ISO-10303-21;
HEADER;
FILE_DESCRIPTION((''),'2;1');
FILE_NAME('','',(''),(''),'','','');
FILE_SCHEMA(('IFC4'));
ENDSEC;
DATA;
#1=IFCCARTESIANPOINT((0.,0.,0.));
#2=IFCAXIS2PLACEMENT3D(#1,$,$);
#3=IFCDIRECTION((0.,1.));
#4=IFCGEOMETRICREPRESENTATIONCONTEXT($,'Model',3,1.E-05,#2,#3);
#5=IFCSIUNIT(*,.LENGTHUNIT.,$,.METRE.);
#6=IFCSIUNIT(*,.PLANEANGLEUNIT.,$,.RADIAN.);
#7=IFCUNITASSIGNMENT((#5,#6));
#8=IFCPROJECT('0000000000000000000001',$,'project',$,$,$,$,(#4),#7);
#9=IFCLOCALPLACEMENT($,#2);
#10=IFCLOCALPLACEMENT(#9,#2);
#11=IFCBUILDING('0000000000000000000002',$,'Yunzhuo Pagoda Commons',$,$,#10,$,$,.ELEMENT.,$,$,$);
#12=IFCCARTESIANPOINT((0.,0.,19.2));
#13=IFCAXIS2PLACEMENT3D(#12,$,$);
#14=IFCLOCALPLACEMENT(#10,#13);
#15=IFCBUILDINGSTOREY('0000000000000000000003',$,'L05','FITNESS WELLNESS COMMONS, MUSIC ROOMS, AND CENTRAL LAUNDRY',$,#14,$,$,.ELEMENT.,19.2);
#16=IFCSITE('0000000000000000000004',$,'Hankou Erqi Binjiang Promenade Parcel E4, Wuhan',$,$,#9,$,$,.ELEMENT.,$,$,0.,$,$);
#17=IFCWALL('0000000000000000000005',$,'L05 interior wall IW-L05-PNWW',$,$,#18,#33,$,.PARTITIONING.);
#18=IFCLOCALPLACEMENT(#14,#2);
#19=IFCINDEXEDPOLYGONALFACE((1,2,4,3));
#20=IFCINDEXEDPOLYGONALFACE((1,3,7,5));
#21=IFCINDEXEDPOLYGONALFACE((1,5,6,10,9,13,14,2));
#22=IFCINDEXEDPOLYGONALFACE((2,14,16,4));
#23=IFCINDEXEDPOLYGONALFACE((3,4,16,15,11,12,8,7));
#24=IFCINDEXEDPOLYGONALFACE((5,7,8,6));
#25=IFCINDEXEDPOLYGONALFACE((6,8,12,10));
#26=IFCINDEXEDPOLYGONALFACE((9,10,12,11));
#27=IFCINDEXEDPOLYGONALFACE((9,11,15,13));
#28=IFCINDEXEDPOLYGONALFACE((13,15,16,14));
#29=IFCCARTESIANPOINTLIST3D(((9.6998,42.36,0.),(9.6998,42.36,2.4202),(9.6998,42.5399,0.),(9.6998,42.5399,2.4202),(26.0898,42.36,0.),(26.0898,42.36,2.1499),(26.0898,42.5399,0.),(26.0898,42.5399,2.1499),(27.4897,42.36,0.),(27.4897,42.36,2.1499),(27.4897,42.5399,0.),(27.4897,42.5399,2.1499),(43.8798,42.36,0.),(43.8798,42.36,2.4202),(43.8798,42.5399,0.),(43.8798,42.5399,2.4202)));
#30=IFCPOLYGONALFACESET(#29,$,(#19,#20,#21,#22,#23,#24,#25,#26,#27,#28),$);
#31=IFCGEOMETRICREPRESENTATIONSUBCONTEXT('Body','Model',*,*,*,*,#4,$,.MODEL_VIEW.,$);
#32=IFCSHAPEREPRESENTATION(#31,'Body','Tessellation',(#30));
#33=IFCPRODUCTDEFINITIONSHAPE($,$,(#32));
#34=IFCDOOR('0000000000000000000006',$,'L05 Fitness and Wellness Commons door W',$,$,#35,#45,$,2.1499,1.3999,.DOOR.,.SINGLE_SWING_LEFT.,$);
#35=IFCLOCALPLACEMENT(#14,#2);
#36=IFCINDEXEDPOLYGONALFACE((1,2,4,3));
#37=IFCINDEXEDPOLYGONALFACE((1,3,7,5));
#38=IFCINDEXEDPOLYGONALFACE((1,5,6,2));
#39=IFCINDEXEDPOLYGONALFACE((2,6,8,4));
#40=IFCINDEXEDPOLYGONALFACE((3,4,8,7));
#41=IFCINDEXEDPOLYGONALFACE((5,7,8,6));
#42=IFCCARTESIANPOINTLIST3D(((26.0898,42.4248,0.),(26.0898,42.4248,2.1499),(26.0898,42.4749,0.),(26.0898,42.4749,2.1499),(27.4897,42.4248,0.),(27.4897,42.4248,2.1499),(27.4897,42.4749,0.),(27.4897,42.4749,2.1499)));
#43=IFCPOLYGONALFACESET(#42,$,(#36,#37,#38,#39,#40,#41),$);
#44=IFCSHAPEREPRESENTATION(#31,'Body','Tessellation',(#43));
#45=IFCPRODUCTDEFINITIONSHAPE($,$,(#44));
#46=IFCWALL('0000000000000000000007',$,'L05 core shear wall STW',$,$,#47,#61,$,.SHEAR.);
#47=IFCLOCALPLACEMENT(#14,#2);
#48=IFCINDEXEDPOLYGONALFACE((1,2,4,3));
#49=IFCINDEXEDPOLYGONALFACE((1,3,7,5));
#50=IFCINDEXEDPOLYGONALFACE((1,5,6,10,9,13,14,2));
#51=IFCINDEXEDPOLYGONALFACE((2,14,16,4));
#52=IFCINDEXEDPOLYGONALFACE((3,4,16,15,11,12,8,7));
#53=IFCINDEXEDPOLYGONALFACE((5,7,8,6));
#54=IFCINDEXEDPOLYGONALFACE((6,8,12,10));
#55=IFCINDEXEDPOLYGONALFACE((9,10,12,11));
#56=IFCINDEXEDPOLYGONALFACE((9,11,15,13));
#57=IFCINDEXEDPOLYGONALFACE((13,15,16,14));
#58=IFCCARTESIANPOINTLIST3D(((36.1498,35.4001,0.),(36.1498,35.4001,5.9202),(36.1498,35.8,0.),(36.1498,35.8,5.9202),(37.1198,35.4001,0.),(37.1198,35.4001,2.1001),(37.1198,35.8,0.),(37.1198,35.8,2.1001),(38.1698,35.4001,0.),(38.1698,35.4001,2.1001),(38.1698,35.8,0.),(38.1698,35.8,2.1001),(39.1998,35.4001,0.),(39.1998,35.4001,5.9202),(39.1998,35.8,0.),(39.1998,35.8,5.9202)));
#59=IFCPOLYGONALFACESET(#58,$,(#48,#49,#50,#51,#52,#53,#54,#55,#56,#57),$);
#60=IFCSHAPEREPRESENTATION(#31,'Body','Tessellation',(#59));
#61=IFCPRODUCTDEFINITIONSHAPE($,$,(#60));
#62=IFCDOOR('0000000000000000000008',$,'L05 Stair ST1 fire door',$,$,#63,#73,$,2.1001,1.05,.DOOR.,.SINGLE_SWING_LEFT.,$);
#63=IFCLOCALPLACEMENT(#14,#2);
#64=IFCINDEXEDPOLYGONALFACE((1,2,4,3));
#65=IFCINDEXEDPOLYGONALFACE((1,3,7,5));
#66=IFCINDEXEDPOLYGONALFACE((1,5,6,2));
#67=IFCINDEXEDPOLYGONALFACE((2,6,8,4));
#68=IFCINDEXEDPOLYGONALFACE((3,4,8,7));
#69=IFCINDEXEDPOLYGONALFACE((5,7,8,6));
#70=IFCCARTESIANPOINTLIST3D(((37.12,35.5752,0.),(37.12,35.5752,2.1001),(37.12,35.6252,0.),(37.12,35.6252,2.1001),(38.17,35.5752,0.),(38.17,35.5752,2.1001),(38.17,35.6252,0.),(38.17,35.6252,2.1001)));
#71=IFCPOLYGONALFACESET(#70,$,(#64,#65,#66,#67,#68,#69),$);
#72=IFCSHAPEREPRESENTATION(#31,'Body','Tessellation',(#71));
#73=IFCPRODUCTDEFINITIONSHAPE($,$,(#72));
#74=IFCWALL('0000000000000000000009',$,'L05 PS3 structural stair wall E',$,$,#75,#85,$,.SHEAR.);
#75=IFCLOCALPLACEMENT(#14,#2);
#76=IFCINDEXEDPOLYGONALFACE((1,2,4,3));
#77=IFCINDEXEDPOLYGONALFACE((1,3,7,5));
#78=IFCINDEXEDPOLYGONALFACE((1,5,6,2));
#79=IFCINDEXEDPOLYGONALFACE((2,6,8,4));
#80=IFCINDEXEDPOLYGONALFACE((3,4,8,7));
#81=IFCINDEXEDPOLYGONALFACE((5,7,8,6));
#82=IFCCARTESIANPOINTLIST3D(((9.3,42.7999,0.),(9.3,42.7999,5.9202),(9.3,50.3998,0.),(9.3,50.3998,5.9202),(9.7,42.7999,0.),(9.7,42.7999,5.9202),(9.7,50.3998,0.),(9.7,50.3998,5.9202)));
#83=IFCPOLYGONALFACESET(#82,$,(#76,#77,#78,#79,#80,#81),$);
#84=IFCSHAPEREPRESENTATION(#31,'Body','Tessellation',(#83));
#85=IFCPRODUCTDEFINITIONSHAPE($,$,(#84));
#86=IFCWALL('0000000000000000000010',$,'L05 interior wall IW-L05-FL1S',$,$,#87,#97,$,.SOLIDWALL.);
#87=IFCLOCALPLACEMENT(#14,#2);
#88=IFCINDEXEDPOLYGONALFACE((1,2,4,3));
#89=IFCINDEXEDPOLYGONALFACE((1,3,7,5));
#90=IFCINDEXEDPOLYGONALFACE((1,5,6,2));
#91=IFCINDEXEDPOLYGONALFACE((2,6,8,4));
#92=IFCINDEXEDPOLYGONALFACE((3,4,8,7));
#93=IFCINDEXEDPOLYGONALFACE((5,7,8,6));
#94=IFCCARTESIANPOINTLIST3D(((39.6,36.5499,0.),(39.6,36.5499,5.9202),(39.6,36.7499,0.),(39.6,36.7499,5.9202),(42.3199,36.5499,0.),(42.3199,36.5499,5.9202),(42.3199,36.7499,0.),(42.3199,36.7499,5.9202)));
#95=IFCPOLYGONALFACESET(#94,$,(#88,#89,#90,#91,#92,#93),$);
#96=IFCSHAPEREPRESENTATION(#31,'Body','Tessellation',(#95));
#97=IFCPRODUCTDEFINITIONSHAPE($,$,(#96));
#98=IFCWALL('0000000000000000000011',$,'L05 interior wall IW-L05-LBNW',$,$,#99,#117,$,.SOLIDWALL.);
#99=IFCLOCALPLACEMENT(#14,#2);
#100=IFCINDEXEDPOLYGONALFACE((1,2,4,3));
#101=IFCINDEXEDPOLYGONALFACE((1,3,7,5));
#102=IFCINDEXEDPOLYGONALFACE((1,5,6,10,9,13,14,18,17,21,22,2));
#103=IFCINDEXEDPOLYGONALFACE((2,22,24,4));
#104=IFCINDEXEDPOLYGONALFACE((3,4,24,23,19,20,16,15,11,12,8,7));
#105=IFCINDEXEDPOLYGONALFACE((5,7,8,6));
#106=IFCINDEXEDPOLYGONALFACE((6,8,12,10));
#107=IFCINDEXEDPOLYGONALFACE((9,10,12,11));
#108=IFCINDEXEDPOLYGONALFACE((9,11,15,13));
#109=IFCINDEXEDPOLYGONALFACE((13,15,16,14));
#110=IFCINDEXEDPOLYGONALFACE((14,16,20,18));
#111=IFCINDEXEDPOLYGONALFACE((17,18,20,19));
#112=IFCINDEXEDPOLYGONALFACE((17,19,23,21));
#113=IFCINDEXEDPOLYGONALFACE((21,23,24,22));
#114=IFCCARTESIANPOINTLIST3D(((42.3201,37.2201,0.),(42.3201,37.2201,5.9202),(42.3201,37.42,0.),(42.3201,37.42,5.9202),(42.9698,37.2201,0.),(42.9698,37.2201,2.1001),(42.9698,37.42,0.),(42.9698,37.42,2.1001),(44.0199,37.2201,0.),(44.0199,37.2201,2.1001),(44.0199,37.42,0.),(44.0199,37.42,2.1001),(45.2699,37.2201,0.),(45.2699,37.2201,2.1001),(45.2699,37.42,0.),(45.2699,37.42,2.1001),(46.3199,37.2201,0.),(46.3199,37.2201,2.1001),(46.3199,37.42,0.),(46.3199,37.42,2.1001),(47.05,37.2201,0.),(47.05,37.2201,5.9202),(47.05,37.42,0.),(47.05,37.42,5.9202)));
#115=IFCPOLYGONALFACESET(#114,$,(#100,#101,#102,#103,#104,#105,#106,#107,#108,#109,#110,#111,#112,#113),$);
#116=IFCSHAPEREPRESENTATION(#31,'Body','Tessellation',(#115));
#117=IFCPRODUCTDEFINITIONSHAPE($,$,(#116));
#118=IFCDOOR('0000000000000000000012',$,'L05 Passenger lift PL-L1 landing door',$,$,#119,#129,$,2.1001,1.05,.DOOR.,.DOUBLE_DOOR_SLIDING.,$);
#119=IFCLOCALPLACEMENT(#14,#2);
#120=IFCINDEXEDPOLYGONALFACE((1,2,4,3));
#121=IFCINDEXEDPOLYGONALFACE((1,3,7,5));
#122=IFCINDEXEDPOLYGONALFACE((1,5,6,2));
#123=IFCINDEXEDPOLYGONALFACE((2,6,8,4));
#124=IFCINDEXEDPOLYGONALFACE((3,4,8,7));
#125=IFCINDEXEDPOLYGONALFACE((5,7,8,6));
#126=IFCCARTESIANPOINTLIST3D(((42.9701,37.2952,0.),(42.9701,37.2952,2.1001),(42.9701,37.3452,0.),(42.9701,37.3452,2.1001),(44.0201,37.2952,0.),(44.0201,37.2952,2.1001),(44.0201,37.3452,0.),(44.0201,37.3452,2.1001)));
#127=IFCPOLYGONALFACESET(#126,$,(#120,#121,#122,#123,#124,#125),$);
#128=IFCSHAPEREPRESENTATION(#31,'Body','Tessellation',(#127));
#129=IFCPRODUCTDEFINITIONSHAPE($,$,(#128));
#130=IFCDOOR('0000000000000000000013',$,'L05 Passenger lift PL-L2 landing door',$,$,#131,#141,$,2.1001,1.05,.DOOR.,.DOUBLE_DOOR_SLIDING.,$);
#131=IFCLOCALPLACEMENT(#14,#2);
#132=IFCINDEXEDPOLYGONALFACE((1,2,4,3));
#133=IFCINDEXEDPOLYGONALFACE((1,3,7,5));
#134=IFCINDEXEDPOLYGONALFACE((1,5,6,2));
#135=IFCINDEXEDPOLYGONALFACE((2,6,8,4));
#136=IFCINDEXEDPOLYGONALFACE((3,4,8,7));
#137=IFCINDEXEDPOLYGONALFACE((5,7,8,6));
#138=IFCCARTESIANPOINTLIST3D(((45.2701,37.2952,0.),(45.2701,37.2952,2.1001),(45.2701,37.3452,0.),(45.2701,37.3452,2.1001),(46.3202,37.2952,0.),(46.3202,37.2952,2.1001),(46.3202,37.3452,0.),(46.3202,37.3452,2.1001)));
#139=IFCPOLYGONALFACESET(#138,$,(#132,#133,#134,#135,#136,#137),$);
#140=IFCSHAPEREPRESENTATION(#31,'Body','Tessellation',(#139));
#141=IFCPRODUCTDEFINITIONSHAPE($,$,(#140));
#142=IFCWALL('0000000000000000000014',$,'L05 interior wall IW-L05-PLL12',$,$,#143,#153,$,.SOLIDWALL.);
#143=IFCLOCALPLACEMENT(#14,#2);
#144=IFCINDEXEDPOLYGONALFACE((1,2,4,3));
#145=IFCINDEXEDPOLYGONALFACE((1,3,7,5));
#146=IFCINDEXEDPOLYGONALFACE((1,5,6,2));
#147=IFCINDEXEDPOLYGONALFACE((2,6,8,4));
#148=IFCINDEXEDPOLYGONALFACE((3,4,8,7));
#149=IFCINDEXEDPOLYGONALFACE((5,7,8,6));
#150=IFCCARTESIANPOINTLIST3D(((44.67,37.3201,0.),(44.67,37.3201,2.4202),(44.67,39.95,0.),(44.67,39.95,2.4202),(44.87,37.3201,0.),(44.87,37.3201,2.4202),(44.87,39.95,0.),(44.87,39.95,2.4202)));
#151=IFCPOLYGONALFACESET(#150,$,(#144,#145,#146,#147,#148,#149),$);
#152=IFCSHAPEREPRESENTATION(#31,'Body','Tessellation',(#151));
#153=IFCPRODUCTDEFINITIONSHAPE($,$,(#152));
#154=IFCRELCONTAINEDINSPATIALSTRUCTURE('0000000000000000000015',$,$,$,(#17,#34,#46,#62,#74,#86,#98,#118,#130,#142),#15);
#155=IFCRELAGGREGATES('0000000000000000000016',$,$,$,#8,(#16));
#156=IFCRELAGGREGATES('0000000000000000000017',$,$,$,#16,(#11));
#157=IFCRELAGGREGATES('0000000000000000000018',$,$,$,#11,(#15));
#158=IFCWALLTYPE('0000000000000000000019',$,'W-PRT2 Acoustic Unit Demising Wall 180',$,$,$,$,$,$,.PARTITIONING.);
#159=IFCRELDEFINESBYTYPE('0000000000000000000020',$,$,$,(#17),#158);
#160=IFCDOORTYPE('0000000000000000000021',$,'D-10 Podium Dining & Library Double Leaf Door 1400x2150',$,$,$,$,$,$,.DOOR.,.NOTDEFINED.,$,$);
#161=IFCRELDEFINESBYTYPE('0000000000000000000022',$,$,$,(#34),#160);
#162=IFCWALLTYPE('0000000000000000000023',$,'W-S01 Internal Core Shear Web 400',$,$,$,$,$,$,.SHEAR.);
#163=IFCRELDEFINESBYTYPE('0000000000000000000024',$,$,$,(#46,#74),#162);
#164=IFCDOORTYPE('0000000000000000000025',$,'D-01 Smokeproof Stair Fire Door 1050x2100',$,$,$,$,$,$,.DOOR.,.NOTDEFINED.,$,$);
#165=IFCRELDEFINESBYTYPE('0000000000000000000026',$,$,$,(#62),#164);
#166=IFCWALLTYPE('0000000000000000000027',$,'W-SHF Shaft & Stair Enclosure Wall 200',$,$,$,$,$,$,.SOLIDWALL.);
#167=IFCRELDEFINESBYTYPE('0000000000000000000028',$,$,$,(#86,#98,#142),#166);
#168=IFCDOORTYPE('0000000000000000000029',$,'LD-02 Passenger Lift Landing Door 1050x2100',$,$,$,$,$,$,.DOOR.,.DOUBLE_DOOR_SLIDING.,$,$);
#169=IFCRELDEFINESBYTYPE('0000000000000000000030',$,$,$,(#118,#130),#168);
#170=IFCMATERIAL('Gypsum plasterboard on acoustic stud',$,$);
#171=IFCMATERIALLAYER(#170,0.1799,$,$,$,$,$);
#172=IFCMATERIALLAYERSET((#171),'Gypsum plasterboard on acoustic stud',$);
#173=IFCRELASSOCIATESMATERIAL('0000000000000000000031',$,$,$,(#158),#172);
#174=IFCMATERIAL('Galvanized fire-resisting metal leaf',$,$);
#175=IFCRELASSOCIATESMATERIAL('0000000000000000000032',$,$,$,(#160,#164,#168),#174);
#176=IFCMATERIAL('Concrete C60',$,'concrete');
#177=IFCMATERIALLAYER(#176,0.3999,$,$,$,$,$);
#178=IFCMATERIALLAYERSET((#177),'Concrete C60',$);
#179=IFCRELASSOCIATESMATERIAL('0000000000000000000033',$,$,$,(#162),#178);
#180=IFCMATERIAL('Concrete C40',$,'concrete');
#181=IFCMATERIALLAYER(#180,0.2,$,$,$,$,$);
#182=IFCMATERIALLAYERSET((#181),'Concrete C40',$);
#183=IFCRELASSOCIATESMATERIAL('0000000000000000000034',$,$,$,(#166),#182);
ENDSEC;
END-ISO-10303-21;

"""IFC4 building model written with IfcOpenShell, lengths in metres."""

from ifc_helpers import new_model, si_unit, direction, frame, frame_2d, origin, origin_with_axes, place, context, subcontext, project, spatial, rectangle, extrude, source, transform, mapped, material, layer, layer_set, type_object, element, fill, save


model = new_model("IFC4")

# Units and contexts
model_context = context("Model", 3, precision=1e-05, world=origin(), true_north=direction((0.0, 1.0)))
body_context = subcontext(model_context, "Body", "Model", "MODEL_VIEW")
ifc_project = project(units=[si_unit("LENGTHUNIT", "METRE"), si_unit("PLANEANGLEUNIT", "RADIAN")], contexts=[model_context])

# Site, building, storey
site_placement = place(None, origin())
site = spatial("IfcSite", under=ifc_project, at=site_placement, Name="Hankou Erqi Binjiang Promenade Parcel E4, Wuhan", CompositionType="ELEMENT", RefElevation=0.0)
building_placement = place(site_placement, origin())
building = spatial("IfcBuilding", under=site, at=building_placement, Name="Yunzhuo Pagoda Commons", CompositionType="ELEMENT")
storey_placement = place(building_placement, frame((0.0, 0.0, 19.2)))
storey = spatial("IfcBuildingStorey", under=building, at=storey_placement, Name="L05", Description="FITNESS WELLNESS COMMONS, MUSIC ROOMS, AND CENTRAL LAUNDRY", CompositionType="ELEMENT", Elevation=19.2)

# Shared definitions
ifc_material_1 = material(Name="Concrete C60", Category="concrete")
ifc_material_2 = material(Name="Galvanized fire-resisting metal leaf")
shared_shape_1 = source(origin(), body_context, "Body", "SweptSolid", [
    extrude(rectangle(XDim=1.05, YDim=2.1001, at=frame_2d((0.5249, 1.05))), frame((0.0, 0.0249, 0.0), z_axis=(0.0, -1.0, 0.0), x_axis=(1.0, 0.0, 0.0)), (0.0, 0.0, 1.0), 0.05),
])

# Shared definitions
ifc_material_3 = material(Name="Gypsum plasterboard on acoustic stud")

# Walls, openings, doors
ifc_layer_1 = layer(ifc_material_3, 0.1799)
ifc_layer_set_1 = layer_set([ifc_layer_1], Name="Gypsum plasterboard on acoustic stud")
wall_type_1 = type_object("IfcWallType", Name="W-PRT2 Acoustic Unit Demising Wall 180", PredefinedType="PARTITIONING", material=ifc_layer_set_1)
wall_1_placement = place(storey_placement, frame((9.7, 42.45, 0.0), z_axis=(0.0, 0.0, 1.0), x_axis=(1.0, 0.0, 0.0)))
wall_1 = element("IfcWall", 1, at=wall_1_placement, inside=storey, type_object=wall_type_1, Name="L05 interior wall IW-L05-PNWW", PredefinedType="PARTITIONING", context=body_context, shape_type="SweptSolid", body=[
    extrude(rectangle(XDim=34.1799, YDim=0.1799, at=frame_2d((17.0898, 0.0))), origin(), (0.0, 0.0, 1.0), 2.4202),
])
opening_1_placement = place(wall_1_placement, frame((16.3899, 0.0, 0.0)))
opening_1 = element("IfcOpeningElement", 2, at=opening_1_placement, cuts=wall_1, PredefinedType="OPENING", context=body_context, shape_type="SweptSolid", body=[
    extrude(rectangle(XDim=1.3999, YDim=2.1499, at=frame_2d((0.7, 1.075))), frame((0.0, 0.1001, 0.0), z_axis=(0.0, -1.0, 0.0), x_axis=(1.0, 0.0, 0.0)), (0.0, 0.0, 1.0), 0.2),
])
door_type_1 = type_object("IfcDoorType", Name="D-10 Podium Dining & Library Double Leaf Door 1400x2150", OperationType="NOTDEFINED", PredefinedType="DOOR", material=ifc_material_2)
shared_shape_2 = source(origin(), body_context, "Body", "SweptSolid", [
    extrude(rectangle(XDim=1.3999, YDim=2.1499, at=frame_2d((0.7, 1.075))), frame((0.0, 0.0249, 0.0), z_axis=(0.0, -1.0, 0.0), x_axis=(1.0, 0.0, 0.0)), (0.0, 0.0, 1.0), 0.05),
])
door_1_placement = place(opening_1_placement, origin_with_axes())
door_1 = element("IfcDoor", 3, at=door_1_placement, inside=storey, type_object=door_type_1, Name="L05 Fitness and Wellness Commons door W", OperationType="SINGLE_SWING_LEFT", OverallHeight=2.1499, OverallWidth=1.3999, PredefinedType="DOOR", context=body_context, shape_type="MappedRepresentation", body=[
    mapped(shared_shape_2, transform((0.0, 0.0, 0.0), scale=1.0)),
])
fill(opening_1, door_1)
ifc_layer_2 = layer(ifc_material_1, 0.3999)
ifc_layer_set_2 = layer_set([ifc_layer_2], Name="Concrete C60")
wall_type_2 = type_object("IfcWallType", Name="W-S01 Internal Core Shear Web 400", PredefinedType="SHEAR", material=ifc_layer_set_2)
wall_2_placement = place(storey_placement, frame((36.1499, 35.6001, 0.0), z_axis=(0.0, 0.0, 1.0), x_axis=(1.0, 0.0, 0.0)))
wall_2 = element("IfcWall", 4, at=wall_2_placement, inside=storey, type_object=wall_type_2, Name="L05 core shear wall STW", PredefinedType="SHEAR", context=body_context, shape_type="SweptSolid", body=[
    extrude(rectangle(XDim=3.05, YDim=0.3999, at=frame_2d((1.5249, 0.0))), origin(), (0.0, 0.0, 1.0), 5.9202),
])
opening_2_placement = place(wall_2_placement, frame((0.97, 0.0, 0.0)))
opening_2 = element("IfcOpeningElement", 5, at=opening_2_placement, cuts=wall_2, PredefinedType="OPENING", context=body_context, shape_type="SweptSolid", body=[
    extrude(rectangle(XDim=1.05, YDim=2.1001, at=frame_2d((0.5249, 1.05))), frame((0.0, 0.21, 0.0), z_axis=(0.0, -1.0, 0.0), x_axis=(1.0, 0.0, 0.0)), (0.0, 0.0, 1.0), 0.4199),
])
door_type_2 = type_object("IfcDoorType", Name="D-01 Smokeproof Stair Fire Door 1050x2100", OperationType="NOTDEFINED", PredefinedType="DOOR", material=ifc_material_2)
door_2_placement = place(opening_2_placement, frame((1.05, 0.0, 0.0), z_axis=(0.0, 0.0, 1.0), x_axis=(-1.0, 0.0, 0.0)))
door_2 = element("IfcDoor", 6, at=door_2_placement, inside=storey, type_object=door_type_2, Name="L05 Stair ST1 fire door", OperationType="SINGLE_SWING_LEFT", OverallHeight=2.1001, OverallWidth=1.05, PredefinedType="DOOR", context=body_context, shape_type="MappedRepresentation", body=[
    mapped(shared_shape_1, transform((0.0, 0.0, 0.0), scale=1.0)),
])
fill(opening_2, door_2)

# Walls
wall_3_placement = place(storey_placement, frame((9.5, 42.8, 0.0), z_axis=(0.0, 0.0, 1.0), x_axis=(0.0, 1.0, 0.0)))
element("IfcWall", 7, at=wall_3_placement, inside=storey, type_object=wall_type_2, Name="L05 PS3 structural stair wall E", PredefinedType="SHEAR", context=body_context, shape_type="SweptSolid", body=[
    extrude(rectangle(XDim=7.5999, YDim=0.3999, at=frame_2d((3.7998, 0.0))), origin(), (0.0, 0.0, 1.0), 5.9202),
])
ifc_material_4 = material(Name="Concrete C40", Category="concrete")
ifc_layer_3 = layer(ifc_material_4, 0.2)
ifc_layer_set_3 = layer_set([ifc_layer_3], Name="Concrete C40")
wall_type_3 = type_object("IfcWallType", Name="W-SHF Shaft & Stair Enclosure Wall 200", PredefinedType="SOLIDWALL", material=ifc_layer_set_3)
wall_4_placement = place(storey_placement, frame((39.6001, 36.6499, 0.0), z_axis=(0.0, 0.0, 1.0), x_axis=(1.0, 0.0, 0.0)))
element("IfcWall", 8, at=wall_4_placement, inside=storey, type_object=wall_type_3, Name="L05 interior wall IW-L05-FL1S", PredefinedType="SOLIDWALL", context=body_context, shape_type="SweptSolid", body=[
    extrude(rectangle(XDim=2.72, YDim=0.2, at=frame_2d((1.3599, 0.0))), origin(), (0.0, 0.0, 1.0), 5.9202),
])

# Wall, openings, doors
wall_5_placement = place(storey_placement, frame((42.3201, 37.3201, 0.0), z_axis=(0.0, 0.0, 1.0), x_axis=(1.0, 0.0, 0.0)))
wall_5 = element("IfcWall", 9, at=wall_5_placement, inside=storey, type_object=wall_type_3, Name="L05 interior wall IW-L05-LBNW", PredefinedType="SOLIDWALL", context=body_context, shape_type="SweptSolid", body=[
    extrude(rectangle(XDim=4.73, YDim=0.2, at=frame_2d((2.365, 0.0))), origin(), (0.0, 0.0, 1.0), 5.9202),
])
opening_3_placement = place(wall_5_placement, frame((0.6499, 0.0, 0.0)))
opening_3 = element("IfcOpeningElement", 10, at=opening_3_placement, cuts=wall_5, PredefinedType="OPENING", context=body_context, shape_type="SweptSolid", body=[
    extrude(rectangle(XDim=1.05, YDim=2.1001, at=frame_2d((0.5249, 1.05))), frame((0.0, 0.1099, 0.0), z_axis=(0.0, -1.0, 0.0), x_axis=(1.0, 0.0, 0.0)), (0.0, 0.0, 1.0), 0.22),
])
opening_4_placement = place(wall_5_placement, frame((2.95, 0.0, 0.0)))
opening_4 = element("IfcOpeningElement", 11, at=opening_4_placement, cuts=wall_5, PredefinedType="OPENING", context=body_context, shape_type="SweptSolid", body=[
    extrude(rectangle(XDim=1.05, YDim=2.1001, at=frame_2d((0.5249, 1.05))), frame((0.0, 0.1099, 0.0), z_axis=(0.0, -1.0, 0.0), x_axis=(1.0, 0.0, 0.0)), (0.0, 0.0, 1.0), 0.22),
])
door_type_3 = type_object("IfcDoorType", Name="LD-02 Passenger Lift Landing Door 1050x2100", OperationType="DOUBLE_DOOR_SLIDING", PredefinedType="DOOR", material=ifc_material_2)
door_3_placement = place(opening_3_placement, frame((1.05, 0.0, 0.0), z_axis=(0.0, 0.0, 1.0), x_axis=(-1.0, 0.0, 0.0)))
door_3 = element("IfcDoor", 12, at=door_3_placement, inside=storey, type_object=door_type_3, Name="L05 Passenger lift PL-L1 landing door", OperationType="DOUBLE_DOOR_SLIDING", OverallHeight=2.1001, OverallWidth=1.05, PredefinedType="DOOR", context=body_context, shape_type="MappedRepresentation", body=[
    mapped(shared_shape_1, transform((0.0, 0.0, 0.0), scale=1.0)),
])
fill(opening_3, door_3)
door_4_placement = place(opening_4_placement, frame((1.05, 0.0, 0.0), z_axis=(0.0, 0.0, 1.0), x_axis=(-1.0, 0.0, 0.0)))
door_4 = element("IfcDoor", 13, at=door_4_placement, inside=storey, type_object=door_type_3, Name="L05 Passenger lift PL-L2 landing door", OperationType="DOUBLE_DOOR_SLIDING", OverallHeight=2.1001, OverallWidth=1.05, PredefinedType="DOOR", context=body_context, shape_type="MappedRepresentation", body=[
    mapped(shared_shape_1, transform((0.0, 0.0, 0.0), scale=1.0)),
])
fill(opening_4, door_4)

# Wall
wall_6_placement = place(storey_placement, frame((44.77, 37.3201, 0.0), z_axis=(0.0, 0.0, 1.0), x_axis=(0.0, 1.0, 0.0)))
element("IfcWall", 14, at=wall_6_placement, inside=storey, type_object=wall_type_3, Name="L05 interior wall IW-L05-PLL12", PredefinedType="SOLIDWALL", context=body_context, shape_type="SweptSolid", body=[
    extrude(rectangle(XDim=2.6299, YDim=0.2, at=frame_2d((1.3149, 0.0))), origin(), (0.0, 0.0, 1.0), 2.4202),
])

save(model, "model.ifc")
